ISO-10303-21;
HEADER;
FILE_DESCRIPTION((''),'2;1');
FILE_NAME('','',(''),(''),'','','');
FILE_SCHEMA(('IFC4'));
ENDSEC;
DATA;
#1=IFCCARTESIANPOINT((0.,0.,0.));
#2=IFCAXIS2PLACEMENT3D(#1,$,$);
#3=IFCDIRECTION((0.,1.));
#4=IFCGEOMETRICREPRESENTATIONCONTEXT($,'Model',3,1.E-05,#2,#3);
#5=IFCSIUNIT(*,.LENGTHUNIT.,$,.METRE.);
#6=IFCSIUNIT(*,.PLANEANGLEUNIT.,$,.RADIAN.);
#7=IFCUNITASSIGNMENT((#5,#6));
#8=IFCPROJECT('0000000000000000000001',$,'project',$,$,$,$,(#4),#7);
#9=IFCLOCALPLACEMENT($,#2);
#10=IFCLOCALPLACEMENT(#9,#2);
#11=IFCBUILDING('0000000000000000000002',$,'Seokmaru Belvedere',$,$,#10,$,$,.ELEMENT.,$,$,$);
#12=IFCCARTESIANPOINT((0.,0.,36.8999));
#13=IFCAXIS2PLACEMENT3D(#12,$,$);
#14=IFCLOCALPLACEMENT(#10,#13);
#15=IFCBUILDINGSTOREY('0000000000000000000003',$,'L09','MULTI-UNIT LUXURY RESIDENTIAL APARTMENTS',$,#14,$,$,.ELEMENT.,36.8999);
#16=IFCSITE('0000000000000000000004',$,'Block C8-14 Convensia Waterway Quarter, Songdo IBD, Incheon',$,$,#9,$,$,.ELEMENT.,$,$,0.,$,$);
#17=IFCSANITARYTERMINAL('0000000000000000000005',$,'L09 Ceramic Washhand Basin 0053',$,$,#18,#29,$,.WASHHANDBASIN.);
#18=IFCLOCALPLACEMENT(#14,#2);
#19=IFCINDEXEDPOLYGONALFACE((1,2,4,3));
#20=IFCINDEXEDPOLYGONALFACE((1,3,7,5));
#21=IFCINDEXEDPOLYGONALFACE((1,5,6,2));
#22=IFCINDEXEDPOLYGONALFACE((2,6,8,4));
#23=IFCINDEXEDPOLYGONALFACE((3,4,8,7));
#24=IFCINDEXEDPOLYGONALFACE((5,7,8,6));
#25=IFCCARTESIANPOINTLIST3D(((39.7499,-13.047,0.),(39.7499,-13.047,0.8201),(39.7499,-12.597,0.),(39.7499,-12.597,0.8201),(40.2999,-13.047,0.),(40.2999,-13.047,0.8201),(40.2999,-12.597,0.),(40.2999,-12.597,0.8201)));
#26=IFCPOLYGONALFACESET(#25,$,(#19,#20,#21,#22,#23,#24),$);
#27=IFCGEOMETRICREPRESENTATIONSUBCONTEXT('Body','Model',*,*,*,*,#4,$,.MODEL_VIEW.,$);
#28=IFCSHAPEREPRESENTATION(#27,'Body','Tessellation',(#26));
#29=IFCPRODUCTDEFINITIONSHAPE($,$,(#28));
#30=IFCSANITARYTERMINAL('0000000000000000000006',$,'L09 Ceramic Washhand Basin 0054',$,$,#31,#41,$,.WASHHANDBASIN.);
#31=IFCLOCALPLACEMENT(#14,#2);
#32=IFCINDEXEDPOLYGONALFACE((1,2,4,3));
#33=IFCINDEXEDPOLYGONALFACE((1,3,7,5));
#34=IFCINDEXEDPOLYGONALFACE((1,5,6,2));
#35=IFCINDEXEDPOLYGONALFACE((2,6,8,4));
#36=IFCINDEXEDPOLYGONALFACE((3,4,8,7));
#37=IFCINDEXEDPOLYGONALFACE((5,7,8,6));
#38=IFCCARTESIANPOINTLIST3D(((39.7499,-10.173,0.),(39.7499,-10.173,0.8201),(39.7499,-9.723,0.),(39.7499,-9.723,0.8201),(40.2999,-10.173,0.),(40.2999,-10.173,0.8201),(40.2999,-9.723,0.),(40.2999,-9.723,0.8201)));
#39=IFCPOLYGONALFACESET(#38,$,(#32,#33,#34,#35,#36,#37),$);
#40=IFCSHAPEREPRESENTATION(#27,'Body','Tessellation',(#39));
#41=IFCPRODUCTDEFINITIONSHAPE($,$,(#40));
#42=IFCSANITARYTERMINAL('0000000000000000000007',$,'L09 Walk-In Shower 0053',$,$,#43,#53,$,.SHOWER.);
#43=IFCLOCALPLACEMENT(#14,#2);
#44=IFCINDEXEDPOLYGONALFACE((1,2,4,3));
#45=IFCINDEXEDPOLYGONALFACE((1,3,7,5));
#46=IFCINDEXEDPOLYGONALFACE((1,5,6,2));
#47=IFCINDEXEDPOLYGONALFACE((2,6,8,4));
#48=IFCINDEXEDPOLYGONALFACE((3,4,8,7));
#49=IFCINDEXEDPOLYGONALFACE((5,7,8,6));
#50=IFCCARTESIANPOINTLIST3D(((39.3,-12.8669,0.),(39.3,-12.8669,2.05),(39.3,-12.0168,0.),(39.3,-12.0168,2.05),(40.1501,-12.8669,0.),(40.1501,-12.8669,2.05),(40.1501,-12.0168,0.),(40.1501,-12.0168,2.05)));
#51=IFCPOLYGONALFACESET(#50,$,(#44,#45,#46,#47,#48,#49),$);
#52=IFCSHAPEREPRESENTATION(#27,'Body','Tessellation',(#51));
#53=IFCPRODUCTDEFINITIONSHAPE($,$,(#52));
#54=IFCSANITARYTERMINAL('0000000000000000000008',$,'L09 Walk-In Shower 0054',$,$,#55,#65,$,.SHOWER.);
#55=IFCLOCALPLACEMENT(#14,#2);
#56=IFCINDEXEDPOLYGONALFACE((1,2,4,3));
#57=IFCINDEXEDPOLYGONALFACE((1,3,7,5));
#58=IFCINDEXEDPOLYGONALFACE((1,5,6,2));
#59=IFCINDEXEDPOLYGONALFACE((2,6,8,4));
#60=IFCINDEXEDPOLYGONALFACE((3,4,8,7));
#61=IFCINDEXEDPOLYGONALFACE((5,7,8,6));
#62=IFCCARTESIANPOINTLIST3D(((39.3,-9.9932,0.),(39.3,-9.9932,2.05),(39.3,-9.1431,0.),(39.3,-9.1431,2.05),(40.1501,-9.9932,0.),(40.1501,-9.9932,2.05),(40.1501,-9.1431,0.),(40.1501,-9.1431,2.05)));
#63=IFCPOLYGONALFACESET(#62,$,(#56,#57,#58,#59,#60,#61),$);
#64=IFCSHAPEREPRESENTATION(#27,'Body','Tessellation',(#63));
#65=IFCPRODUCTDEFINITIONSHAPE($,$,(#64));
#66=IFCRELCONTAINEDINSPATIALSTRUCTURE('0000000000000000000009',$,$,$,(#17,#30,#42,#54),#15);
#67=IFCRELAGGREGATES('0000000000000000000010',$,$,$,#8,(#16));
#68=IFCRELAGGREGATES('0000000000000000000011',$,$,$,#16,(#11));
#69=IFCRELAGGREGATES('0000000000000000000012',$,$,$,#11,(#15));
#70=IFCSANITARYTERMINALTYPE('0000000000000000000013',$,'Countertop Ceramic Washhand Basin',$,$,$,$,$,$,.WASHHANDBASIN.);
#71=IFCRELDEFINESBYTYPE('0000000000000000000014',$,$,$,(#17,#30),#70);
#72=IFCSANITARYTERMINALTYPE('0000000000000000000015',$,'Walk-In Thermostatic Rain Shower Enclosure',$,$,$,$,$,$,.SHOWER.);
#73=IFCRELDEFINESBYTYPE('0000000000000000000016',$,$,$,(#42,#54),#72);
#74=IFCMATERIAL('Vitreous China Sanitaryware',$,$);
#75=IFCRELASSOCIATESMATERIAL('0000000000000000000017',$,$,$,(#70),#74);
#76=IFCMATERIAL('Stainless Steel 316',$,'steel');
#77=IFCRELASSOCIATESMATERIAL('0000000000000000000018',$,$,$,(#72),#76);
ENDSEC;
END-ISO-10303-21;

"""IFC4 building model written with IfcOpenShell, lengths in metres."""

from ifc_helpers import new_model, si_unit, direction, frame, origin, origin_2d, place, context, subcontext, project, spatial, rectangle, extrude, source, transform, mapped, material, type_object, type_shapes, element, save


model = new_model("IFC4")

# Units and contexts
model_context = context("Model", 3, precision=1e-05, world=origin(), true_north=direction((0.0, 1.0)))
body_context = subcontext(model_context, "Body", "Model", "MODEL_VIEW")
ifc_project = project(units=[si_unit("LENGTHUNIT", "METRE"), si_unit("PLANEANGLEUNIT", "RADIAN")], contexts=[model_context])

# Site, building, storey
site_placement = place(None, origin())
site = spatial("IfcSite", under=ifc_project, at=site_placement, Name="Block C8-14 Convensia Waterway Quarter, Songdo IBD, Incheon", CompositionType="ELEMENT", RefElevation=0.0)
building_placement = place(site_placement, origin())
building = spatial("IfcBuilding", under=site, at=building_placement, Name="Seokmaru Belvedere", CompositionType="ELEMENT")
storey_placement = place(building_placement, frame((0.0, 0.0, 36.8999)))
storey = spatial("IfcBuildingStorey", under=building, at=storey_placement, Name="L09", Description="MULTI-UNIT LUXURY RESIDENTIAL APARTMENTS", CompositionType="ELEMENT", Elevation=36.8999)

# Sanitary terminals
ifc_material_1 = material(Name="Vitreous China Sanitaryware")
sanitary_terminal_type_1 = type_object("IfcSanitaryTerminalType", Name="Countertop Ceramic Washhand Basin", PredefinedType="WASHHANDBASIN", material=ifc_material_1)
shared_shape_1 = source(origin(), body_context, "Body", "SweptSolid", [
    extrude(rectangle(XDim=0.55, YDim=0.45, at=origin_2d()), origin(), (0.0, 0.0, 1.0), 0.8201),
])
type_shapes(sanitary_terminal_type_1, [shared_shape_1])
for number, where, z_axis, x_axis, name in (
    (1, (40.0249, -12.822, 0.0), (0.0, 0.0, 1.0), (1.0, 0.0, 0.0), "L09 Ceramic Washhand Basin 0053"),
    (2, (40.0249, -9.948, 0.0), (0.0, 0.0, 1.0), (1.0, 0.0, 0.0), "L09 Ceramic Washhand Basin 0054"),
):
    element("IfcSanitaryTerminal", number, at=place(storey_placement, frame(where, z_axis=z_axis, x_axis=x_axis)), inside=storey, type_object=sanitary_terminal_type_1, Name=name, PredefinedType="WASHHANDBASIN", context=body_context, shape_type="MappedRepresentation", body=[
        mapped(shared_shape_1, transform((0.0, 0.0, 0.0), scale=1.0)),
    ])
ifc_material_2 = material(Name="Stainless Steel 316", Category="steel")
sanitary_terminal_type_2 = type_object("IfcSanitaryTerminalType", Name="Walk-In Thermostatic Rain Shower Enclosure", PredefinedType="SHOWER", material=ifc_material_2)
shared_shape_2 = source(origin(), body_context, "Body", "SweptSolid", [
    extrude(rectangle(XDim=0.8501, YDim=0.8501, at=origin_2d()), origin(), (0.0, 0.0, 1.0), 2.05),
])
type_shapes(sanitary_terminal_type_2, [shared_shape_2])
for number, where, z_axis, x_axis, name in (
    (3, (39.7251, -12.4419, 0.0), (0.0, 0.0, 1.0), (1.0, 0.0, 0.0), "L09 Walk-In Shower 0053"),
    (4, (39.7251, -9.5681, 0.0), (0.0, 0.0, 1.0), (1.0, 0.0, 0.0), "L09 Walk-In Shower 0054"),
):
    element("IfcSanitaryTerminal", number, at=place(storey_placement, frame(where, z_axis=z_axis, x_axis=x_axis)), inside=storey, type_object=sanitary_terminal_type_2, Name=name, PredefinedType="SHOWER", context=body_context, shape_type="MappedRepresentation", body=[
        mapped(shared_shape_2, transform((0.0, 0.0, 0.0), scale=1.0)),
    ])

save(model, "model.ifc")
